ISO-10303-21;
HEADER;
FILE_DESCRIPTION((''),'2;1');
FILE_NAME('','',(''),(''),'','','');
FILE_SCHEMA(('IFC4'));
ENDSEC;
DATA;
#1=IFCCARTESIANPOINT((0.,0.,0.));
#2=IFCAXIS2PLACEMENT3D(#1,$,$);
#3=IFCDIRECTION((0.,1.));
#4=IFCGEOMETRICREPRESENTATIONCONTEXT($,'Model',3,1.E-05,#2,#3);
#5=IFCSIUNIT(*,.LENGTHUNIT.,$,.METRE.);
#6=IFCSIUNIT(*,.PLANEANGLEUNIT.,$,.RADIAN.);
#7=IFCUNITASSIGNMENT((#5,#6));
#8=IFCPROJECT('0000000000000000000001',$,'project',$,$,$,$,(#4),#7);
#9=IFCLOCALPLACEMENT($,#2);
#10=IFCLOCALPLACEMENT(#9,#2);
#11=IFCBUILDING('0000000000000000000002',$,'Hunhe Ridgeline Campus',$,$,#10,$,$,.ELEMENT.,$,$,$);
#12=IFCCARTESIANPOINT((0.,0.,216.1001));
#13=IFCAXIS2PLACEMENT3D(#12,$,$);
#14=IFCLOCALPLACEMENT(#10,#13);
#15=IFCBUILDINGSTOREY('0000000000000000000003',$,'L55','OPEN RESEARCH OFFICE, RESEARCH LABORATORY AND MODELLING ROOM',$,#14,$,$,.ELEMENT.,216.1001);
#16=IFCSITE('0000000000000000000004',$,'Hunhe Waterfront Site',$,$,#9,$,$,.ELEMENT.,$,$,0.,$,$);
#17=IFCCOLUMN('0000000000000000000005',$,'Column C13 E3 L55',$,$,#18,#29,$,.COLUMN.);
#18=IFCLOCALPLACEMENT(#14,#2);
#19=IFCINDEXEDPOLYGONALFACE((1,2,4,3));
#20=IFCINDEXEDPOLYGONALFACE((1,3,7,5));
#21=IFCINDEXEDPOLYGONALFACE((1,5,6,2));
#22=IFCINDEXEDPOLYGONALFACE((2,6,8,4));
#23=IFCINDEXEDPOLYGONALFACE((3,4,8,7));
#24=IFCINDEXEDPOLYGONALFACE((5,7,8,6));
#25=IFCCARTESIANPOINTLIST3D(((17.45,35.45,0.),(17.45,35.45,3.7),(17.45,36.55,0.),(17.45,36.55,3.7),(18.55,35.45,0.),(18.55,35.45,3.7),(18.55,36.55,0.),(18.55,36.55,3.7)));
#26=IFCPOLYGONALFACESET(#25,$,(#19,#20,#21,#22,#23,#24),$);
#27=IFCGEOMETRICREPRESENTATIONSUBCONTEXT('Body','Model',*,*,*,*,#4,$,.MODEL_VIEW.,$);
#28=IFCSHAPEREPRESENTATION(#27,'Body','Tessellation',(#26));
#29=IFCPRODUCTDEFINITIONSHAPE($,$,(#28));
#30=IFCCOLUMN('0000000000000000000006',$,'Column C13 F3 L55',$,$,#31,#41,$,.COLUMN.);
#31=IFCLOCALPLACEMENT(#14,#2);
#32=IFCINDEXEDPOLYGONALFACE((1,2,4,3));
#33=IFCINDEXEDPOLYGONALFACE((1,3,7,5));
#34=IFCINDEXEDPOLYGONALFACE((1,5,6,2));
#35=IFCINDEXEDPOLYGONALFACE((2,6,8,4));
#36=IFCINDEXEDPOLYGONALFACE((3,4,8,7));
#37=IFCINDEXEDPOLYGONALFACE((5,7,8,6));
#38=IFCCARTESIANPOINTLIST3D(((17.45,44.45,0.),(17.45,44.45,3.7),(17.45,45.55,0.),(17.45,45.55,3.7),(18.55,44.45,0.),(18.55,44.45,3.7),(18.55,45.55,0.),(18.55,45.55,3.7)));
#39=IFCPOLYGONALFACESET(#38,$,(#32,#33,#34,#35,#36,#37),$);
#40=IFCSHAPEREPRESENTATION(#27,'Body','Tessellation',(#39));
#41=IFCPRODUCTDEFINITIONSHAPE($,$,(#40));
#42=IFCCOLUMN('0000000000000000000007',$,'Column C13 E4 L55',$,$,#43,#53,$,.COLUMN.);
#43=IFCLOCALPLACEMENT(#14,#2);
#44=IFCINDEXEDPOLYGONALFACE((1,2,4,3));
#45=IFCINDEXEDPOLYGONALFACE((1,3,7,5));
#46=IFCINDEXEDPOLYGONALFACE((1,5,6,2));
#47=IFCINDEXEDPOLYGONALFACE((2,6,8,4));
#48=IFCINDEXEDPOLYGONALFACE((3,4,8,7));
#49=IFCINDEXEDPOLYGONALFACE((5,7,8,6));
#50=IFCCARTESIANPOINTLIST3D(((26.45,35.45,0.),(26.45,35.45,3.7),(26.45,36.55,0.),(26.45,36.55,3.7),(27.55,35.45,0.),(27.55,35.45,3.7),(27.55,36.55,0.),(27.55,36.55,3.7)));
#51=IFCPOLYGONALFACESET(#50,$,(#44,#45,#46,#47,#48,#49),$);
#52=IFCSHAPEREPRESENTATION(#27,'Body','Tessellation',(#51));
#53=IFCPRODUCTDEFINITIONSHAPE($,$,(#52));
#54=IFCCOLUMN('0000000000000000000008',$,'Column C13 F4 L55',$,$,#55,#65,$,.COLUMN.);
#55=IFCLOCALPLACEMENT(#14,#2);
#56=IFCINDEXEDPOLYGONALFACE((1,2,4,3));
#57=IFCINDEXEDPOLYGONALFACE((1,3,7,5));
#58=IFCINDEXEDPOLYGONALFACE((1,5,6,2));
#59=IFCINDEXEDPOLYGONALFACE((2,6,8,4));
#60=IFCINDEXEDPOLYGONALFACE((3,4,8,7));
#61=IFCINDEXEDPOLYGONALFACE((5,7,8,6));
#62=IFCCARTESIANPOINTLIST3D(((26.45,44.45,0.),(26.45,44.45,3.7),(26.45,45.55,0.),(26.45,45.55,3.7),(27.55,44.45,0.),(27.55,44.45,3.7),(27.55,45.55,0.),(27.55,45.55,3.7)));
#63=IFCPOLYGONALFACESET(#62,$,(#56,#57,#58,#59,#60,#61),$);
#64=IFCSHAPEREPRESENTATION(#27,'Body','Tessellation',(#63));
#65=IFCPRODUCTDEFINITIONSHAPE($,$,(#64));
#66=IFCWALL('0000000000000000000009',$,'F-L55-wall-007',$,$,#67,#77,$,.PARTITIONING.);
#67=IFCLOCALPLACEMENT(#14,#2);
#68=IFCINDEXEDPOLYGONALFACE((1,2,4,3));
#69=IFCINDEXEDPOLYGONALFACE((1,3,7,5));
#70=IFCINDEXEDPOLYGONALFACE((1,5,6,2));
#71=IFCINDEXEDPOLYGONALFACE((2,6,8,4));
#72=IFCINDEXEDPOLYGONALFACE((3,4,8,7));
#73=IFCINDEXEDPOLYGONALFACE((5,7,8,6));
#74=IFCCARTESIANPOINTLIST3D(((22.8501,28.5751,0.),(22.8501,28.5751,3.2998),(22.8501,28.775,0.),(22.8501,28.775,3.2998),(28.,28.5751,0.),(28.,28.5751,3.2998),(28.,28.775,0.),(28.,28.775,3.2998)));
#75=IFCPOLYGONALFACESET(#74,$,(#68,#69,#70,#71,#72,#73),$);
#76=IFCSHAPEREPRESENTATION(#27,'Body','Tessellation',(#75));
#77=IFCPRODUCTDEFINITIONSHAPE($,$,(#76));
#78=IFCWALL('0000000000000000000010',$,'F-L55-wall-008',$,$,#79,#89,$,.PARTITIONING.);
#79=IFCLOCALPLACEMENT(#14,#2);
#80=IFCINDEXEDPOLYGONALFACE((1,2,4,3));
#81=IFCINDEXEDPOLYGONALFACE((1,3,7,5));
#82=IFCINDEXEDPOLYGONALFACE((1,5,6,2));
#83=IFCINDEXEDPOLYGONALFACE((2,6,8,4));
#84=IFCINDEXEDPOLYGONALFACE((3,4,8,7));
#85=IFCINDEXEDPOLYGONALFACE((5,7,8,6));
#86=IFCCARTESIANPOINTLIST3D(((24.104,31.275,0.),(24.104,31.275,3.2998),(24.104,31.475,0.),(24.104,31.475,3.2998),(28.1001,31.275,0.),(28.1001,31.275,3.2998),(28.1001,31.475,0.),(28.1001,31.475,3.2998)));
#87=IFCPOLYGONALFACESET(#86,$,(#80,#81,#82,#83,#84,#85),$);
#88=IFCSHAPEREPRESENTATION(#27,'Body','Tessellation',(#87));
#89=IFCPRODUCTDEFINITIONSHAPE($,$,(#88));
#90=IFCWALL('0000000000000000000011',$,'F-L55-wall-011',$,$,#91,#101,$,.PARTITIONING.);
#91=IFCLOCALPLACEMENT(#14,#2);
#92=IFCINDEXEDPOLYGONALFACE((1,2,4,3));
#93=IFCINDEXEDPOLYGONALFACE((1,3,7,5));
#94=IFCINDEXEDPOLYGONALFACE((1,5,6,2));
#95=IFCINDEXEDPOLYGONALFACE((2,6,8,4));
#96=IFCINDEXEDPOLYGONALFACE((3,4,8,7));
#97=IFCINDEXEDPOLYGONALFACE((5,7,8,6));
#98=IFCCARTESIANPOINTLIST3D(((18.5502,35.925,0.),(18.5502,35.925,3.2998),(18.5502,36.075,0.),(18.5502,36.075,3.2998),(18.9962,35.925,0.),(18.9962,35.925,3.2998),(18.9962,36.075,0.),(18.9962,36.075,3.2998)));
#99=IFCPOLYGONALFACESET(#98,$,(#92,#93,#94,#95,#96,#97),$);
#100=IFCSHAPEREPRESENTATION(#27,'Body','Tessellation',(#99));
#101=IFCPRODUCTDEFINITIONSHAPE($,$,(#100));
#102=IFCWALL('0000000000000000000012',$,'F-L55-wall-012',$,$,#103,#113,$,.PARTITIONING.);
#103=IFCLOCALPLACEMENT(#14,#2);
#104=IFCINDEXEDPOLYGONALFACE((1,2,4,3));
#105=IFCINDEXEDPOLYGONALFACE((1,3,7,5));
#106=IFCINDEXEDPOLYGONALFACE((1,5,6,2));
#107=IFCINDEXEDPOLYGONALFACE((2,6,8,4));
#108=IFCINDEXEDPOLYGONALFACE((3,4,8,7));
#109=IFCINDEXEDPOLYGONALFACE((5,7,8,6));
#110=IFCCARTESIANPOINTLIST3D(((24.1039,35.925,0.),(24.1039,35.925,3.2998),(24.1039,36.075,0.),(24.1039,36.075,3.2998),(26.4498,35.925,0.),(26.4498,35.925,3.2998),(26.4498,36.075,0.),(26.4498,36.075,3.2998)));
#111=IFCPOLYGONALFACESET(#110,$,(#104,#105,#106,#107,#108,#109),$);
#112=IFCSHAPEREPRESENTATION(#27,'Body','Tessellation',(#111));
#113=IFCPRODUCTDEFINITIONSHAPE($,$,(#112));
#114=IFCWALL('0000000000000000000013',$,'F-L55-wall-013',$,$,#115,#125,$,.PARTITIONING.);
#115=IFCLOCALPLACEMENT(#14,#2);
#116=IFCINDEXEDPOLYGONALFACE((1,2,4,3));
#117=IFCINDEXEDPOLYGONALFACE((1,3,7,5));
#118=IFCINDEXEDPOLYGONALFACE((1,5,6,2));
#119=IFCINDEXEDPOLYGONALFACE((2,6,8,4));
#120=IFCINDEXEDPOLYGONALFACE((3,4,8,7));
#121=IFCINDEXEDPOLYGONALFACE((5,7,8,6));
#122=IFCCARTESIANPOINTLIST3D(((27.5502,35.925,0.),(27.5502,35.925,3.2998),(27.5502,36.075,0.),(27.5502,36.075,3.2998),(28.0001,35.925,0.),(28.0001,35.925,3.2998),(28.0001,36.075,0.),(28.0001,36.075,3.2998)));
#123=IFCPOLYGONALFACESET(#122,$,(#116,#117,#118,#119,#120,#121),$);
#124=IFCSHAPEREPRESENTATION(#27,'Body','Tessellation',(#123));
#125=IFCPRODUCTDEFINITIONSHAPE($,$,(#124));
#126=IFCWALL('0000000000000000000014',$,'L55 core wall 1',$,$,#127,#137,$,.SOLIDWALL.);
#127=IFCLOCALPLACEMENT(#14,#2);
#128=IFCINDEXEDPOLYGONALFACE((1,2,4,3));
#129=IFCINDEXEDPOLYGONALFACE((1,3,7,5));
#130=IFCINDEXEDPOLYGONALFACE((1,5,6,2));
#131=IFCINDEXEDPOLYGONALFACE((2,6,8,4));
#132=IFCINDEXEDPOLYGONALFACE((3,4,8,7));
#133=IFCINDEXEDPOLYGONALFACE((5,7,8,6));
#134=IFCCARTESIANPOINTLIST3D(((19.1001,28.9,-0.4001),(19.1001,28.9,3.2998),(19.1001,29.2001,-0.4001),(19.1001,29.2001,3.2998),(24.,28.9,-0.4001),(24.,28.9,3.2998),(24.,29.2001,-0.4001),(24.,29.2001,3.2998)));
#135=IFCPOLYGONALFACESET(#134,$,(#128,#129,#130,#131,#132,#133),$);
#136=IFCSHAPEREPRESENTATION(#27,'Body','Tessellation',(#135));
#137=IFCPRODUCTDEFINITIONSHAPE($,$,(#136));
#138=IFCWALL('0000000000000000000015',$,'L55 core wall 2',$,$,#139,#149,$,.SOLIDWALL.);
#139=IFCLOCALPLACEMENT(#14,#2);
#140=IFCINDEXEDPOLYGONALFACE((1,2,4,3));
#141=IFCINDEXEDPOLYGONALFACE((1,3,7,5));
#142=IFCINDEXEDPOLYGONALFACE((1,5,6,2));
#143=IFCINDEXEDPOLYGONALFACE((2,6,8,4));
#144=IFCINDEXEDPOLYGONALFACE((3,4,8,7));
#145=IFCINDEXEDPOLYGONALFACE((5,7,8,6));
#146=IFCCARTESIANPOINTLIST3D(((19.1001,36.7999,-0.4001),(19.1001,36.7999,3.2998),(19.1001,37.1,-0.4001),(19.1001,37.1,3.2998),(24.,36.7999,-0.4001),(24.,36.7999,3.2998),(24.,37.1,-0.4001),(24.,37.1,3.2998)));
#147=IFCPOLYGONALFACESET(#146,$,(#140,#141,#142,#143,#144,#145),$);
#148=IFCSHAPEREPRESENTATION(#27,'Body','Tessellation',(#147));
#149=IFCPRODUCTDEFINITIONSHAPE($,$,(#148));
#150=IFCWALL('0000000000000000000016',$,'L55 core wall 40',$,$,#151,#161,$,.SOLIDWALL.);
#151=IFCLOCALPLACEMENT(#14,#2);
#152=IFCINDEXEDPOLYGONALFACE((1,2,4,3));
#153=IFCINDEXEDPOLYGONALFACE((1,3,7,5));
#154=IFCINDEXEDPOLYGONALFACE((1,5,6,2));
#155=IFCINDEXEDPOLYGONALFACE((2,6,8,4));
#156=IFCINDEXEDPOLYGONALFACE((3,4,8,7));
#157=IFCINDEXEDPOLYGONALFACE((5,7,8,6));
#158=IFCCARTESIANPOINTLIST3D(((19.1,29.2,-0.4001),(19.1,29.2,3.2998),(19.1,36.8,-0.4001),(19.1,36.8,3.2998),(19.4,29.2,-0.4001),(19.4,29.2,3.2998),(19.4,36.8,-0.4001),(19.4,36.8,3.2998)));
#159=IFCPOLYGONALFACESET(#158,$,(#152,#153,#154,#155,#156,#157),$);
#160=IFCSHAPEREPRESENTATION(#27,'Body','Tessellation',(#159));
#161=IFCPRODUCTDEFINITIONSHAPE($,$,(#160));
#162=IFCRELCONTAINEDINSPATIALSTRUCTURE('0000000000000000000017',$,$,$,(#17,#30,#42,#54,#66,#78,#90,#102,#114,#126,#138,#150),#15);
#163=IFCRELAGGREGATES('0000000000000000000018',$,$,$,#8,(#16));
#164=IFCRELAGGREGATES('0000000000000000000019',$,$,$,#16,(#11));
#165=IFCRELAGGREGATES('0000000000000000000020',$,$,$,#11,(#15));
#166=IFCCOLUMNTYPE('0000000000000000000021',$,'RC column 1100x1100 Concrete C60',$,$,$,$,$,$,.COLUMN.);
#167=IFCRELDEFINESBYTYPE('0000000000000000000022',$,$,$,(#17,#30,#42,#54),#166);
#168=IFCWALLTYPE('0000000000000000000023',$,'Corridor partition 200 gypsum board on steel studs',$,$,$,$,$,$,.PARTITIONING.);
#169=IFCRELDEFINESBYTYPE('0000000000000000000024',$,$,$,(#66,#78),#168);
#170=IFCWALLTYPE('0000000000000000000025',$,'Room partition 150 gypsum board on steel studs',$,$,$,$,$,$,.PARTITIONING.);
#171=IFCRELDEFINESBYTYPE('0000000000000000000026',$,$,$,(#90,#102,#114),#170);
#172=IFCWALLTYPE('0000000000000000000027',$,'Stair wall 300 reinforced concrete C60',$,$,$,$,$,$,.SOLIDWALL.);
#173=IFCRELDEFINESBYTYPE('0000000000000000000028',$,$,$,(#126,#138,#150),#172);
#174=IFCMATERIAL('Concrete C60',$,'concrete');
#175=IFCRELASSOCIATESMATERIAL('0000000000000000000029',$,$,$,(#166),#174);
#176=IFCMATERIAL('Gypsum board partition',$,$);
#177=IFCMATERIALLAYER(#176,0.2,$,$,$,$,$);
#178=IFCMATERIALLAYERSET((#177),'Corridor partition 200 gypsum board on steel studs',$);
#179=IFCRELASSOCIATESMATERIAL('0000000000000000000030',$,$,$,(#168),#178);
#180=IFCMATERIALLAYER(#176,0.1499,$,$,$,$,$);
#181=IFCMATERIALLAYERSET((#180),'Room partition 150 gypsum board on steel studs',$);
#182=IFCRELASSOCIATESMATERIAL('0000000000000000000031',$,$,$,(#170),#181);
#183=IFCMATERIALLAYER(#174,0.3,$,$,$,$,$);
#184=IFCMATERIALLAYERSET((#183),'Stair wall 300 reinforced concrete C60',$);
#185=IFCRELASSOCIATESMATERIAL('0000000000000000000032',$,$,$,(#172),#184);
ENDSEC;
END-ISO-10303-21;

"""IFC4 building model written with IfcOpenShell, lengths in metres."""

from ifc_helpers import new_model, si_unit, direction, frame, frame_2d, origin, origin_2d, place, context, subcontext, project, spatial, rectangle, extrude, material, layer, layer_set, material_profile, profile_set, type_object, element, save


model = new_model("IFC4")

# Units and contexts
model_context = context("Model", 3, precision=1e-05, world=origin(), true_north=direction((0.0, 1.0)))
body_context = subcontext(model_context, "Body", "Model", "MODEL_VIEW")
ifc_project = project(units=[si_unit("LENGTHUNIT", "METRE"), si_unit("PLANEANGLEUNIT", "RADIAN")], contexts=[model_context])

# Site, building, storey
site_placement = place(None, origin())
site = spatial("IfcSite", under=ifc_project, at=site_placement, Name="Hunhe Waterfront Site", CompositionType="ELEMENT", RefElevation=0.0)
building_placement = place(site_placement, origin())
building = spatial("IfcBuilding", under=site, at=building_placement, Name="Hunhe Ridgeline Campus", CompositionType="ELEMENT")
storey_placement = place(building_placement, frame((0.0, 0.0, 216.1001)))
storey = spatial("IfcBuildingStorey", under=building, at=storey_placement, Name="L55", Description="OPEN RESEARCH OFFICE, RESEARCH LABORATORY AND MODELLING ROOM", CompositionType="ELEMENT", Elevation=216.1001)

# Columns
ifc_material_1 = material(Name="Concrete C60", Category="concrete")
ifc_material_profile = material_profile(ifc_material_1, rectangle(XDim=1.1001, YDim=1.1001, at=origin_2d()))
ifc_profile_set = profile_set([ifc_material_profile], Name="Concrete C60")
column_type = type_object("IfcColumnType", Name="RC column 1100x1100 Concrete C60", PredefinedType="COLUMN", material=ifc_profile_set)
for number, where, z_axis, x_axis, name in (
    (1, (18.0, 36.0, 0.0), (0.0, 0.0, 1.0), (1.0, 0.0, 0.0), "Column C13 E3 L55"),
    (2, (18.0, 45.0, 0.0), (0.0, 0.0, 1.0), (1.0, 0.0, 0.0), "Column C13 F3 L55"),
    (3, (27.0, 36.0, 0.0), (0.0, 0.0, 1.0), (1.0, 0.0, 0.0), "Column C13 E4 L55"),
    (4, (27.0, 45.0, 0.0), (0.0, 0.0, 1.0), (1.0, 0.0, 0.0), "Column C13 F4 L55"),
):
    element("IfcColumn", number, at=place(storey_placement, frame(where, z_axis=z_axis, x_axis=x_axis)), inside=storey, type_object=column_type, Name=name, PredefinedType="COLUMN", context=body_context, shape_type="SweptSolid", body=[
        extrude(rectangle(XDim=1.1001, YDim=1.1001, at=origin_2d()), origin(), (0.0, 0.0, 1.0), 3.7),
    ])

# Walls
ifc_material_2 = material(Name="Gypsum board partition")
ifc_layer_1 = layer(ifc_material_2, 0.2)
ifc_layer_set_1 = layer_set([ifc_layer_1], Name="Corridor partition 200 gypsum board on steel studs")
wall_type_1 = type_object("IfcWallType", Name="Corridor partition 200 gypsum board on steel studs", PredefinedType="PARTITIONING", material=ifc_layer_set_1)
wall_1_placement = place(storey_placement, frame((28.0, 28.675, 0.0), z_axis=(0.0, 0.0, 1.0), x_axis=(-1.0, 0.0, 0.0)))
element("IfcWall", 5, at=wall_1_placement, inside=storey, type_object=wall_type_1, Name="F-L55-wall-007", PredefinedType="PARTITIONING", context=body_context, shape_type="SweptSolid", body=[
    extrude(rectangle(XDim=5.1499, YDim=0.2, at=frame_2d((2.575, 0.0))), origin(), (0.0, 0.0, 1.0), 3.2998),
])
wall_2_placement = place(storey_placement, frame((24.104, 31.375, 0.0), z_axis=(0.0, 0.0, 1.0), x_axis=(1.0, 0.0, 0.0)))
element("IfcWall", 6, at=wall_2_placement, inside=storey, type_object=wall_type_1, Name="F-L55-wall-008", PredefinedType="PARTITIONING", context=body_context, shape_type="SweptSolid", body=[
    extrude(rectangle(XDim=3.9961, YDim=0.2, at=frame_2d((1.998, 0.0))), origin(), (0.0, 0.0, 1.0), 3.2998),
])

# Walls
ifc_layer_2 = layer(ifc_material_2, 0.1499)
ifc_layer_set_2 = layer_set([ifc_layer_2], Name="Room partition 150 gypsum board on steel studs")
wall_type_2 = type_object("IfcWallType", Name="Room partition 150 gypsum board on steel studs", PredefinedType="PARTITIONING", material=ifc_layer_set_2)
wall_3_placement = place(storey_placement, frame((18.55, 36.0, 0.0), z_axis=(0.0, 0.0, 1.0), x_axis=(1.0, 0.0, 0.0)))
element("IfcWall", 7, at=wall_3_placement, inside=storey, type_object=wall_type_2, Name="F-L55-wall-011", PredefinedType="PARTITIONING", context=body_context, shape_type="SweptSolid", body=[
    extrude(rectangle(XDim=0.446, YDim=0.1499, at=frame_2d((0.2231, 0.0))), origin(), (0.0, 0.0, 1.0), 3.2998),
])
wall_4_placement = place(storey_placement, frame((24.104, 36.0, 0.0), z_axis=(0.0, 0.0, 1.0), x_axis=(1.0, 0.0, 0.0)))
element("IfcWall", 8, at=wall_4_placement, inside=storey, type_object=wall_type_2, Name="F-L55-wall-012", PredefinedType="PARTITIONING", context=body_context, shape_type="SweptSolid", body=[
    extrude(rectangle(XDim=2.3459, YDim=0.1499, at=frame_2d((1.1729, 0.0))), origin(), (0.0, 0.0, 1.0), 3.2998),
])
wall_5_placement = place(storey_placement, frame((27.55, 36.0, 0.0), z_axis=(0.0, 0.0, 1.0), x_axis=(1.0, 0.0, 0.0)))
element("IfcWall", 9, at=wall_5_placement, inside=storey, type_object=wall_type_2, Name="F-L55-wall-013", PredefinedType="PARTITIONING", context=body_context, shape_type="SweptSolid", body=[
    extrude(rectangle(XDim=0.45, YDim=0.1499, at=frame_2d((0.2251, 0.0))), origin(), (0.0, 0.0, 1.0), 3.2998),
])
ifc_layer_3 = layer(ifc_material_1, 0.3)
ifc_layer_set_3 = layer_set([ifc_layer_3], Name="Stair wall 300 reinforced concrete C60")
wall_type_3 = type_object("IfcWallType", Name="Stair wall 300 reinforced concrete C60", PredefinedType="SOLIDWALL", material=ifc_layer_set_3)
for number, where, z_axis, x_axis, name in (
    (10, (19.1001, 29.05, -0.4001), (0.0, 0.0, 1.0), (1.0, 0.0, 0.0), "L55 core wall 1"),
    (11, (19.1001, 36.95, -0.4001), (0.0, 0.0, 1.0), (1.0, 0.0, 0.0), "L55 core wall 2"),
):
    element("IfcWall", number, at=place(storey_placement, frame(where, z_axis=z_axis, x_axis=x_axis)), inside=storey, type_object=wall_type_3, Name=name, PredefinedType="SOLIDWALL", context=body_context, shape_type="SweptSolid", body=[
        extrude(rectangle(XDim=4.8999, YDim=0.3, at=frame_2d((2.45, 0.0))), origin(), (0.0, 0.0, 1.0), 3.7),
    ])
wall_6_placement = place(storey_placement, frame((19.25, 29.2, -0.4001), z_axis=(0.0, 0.0, 1.0), x_axis=(0.0, 1.0, 0.0)))
element("IfcWall", 12, at=wall_6_placement, inside=storey, type_object=wall_type_3, Name="L55 core wall 40", PredefinedType="SOLIDWALL", context=body_context, shape_type="SweptSolid", body=[
    extrude(rectangle(XDim=7.6001, YDim=0.3, at=frame_2d((3.8, 0.0))), origin(), (0.0, 0.0, 1.0), 3.7),
])

save(model, "model.ifc")
